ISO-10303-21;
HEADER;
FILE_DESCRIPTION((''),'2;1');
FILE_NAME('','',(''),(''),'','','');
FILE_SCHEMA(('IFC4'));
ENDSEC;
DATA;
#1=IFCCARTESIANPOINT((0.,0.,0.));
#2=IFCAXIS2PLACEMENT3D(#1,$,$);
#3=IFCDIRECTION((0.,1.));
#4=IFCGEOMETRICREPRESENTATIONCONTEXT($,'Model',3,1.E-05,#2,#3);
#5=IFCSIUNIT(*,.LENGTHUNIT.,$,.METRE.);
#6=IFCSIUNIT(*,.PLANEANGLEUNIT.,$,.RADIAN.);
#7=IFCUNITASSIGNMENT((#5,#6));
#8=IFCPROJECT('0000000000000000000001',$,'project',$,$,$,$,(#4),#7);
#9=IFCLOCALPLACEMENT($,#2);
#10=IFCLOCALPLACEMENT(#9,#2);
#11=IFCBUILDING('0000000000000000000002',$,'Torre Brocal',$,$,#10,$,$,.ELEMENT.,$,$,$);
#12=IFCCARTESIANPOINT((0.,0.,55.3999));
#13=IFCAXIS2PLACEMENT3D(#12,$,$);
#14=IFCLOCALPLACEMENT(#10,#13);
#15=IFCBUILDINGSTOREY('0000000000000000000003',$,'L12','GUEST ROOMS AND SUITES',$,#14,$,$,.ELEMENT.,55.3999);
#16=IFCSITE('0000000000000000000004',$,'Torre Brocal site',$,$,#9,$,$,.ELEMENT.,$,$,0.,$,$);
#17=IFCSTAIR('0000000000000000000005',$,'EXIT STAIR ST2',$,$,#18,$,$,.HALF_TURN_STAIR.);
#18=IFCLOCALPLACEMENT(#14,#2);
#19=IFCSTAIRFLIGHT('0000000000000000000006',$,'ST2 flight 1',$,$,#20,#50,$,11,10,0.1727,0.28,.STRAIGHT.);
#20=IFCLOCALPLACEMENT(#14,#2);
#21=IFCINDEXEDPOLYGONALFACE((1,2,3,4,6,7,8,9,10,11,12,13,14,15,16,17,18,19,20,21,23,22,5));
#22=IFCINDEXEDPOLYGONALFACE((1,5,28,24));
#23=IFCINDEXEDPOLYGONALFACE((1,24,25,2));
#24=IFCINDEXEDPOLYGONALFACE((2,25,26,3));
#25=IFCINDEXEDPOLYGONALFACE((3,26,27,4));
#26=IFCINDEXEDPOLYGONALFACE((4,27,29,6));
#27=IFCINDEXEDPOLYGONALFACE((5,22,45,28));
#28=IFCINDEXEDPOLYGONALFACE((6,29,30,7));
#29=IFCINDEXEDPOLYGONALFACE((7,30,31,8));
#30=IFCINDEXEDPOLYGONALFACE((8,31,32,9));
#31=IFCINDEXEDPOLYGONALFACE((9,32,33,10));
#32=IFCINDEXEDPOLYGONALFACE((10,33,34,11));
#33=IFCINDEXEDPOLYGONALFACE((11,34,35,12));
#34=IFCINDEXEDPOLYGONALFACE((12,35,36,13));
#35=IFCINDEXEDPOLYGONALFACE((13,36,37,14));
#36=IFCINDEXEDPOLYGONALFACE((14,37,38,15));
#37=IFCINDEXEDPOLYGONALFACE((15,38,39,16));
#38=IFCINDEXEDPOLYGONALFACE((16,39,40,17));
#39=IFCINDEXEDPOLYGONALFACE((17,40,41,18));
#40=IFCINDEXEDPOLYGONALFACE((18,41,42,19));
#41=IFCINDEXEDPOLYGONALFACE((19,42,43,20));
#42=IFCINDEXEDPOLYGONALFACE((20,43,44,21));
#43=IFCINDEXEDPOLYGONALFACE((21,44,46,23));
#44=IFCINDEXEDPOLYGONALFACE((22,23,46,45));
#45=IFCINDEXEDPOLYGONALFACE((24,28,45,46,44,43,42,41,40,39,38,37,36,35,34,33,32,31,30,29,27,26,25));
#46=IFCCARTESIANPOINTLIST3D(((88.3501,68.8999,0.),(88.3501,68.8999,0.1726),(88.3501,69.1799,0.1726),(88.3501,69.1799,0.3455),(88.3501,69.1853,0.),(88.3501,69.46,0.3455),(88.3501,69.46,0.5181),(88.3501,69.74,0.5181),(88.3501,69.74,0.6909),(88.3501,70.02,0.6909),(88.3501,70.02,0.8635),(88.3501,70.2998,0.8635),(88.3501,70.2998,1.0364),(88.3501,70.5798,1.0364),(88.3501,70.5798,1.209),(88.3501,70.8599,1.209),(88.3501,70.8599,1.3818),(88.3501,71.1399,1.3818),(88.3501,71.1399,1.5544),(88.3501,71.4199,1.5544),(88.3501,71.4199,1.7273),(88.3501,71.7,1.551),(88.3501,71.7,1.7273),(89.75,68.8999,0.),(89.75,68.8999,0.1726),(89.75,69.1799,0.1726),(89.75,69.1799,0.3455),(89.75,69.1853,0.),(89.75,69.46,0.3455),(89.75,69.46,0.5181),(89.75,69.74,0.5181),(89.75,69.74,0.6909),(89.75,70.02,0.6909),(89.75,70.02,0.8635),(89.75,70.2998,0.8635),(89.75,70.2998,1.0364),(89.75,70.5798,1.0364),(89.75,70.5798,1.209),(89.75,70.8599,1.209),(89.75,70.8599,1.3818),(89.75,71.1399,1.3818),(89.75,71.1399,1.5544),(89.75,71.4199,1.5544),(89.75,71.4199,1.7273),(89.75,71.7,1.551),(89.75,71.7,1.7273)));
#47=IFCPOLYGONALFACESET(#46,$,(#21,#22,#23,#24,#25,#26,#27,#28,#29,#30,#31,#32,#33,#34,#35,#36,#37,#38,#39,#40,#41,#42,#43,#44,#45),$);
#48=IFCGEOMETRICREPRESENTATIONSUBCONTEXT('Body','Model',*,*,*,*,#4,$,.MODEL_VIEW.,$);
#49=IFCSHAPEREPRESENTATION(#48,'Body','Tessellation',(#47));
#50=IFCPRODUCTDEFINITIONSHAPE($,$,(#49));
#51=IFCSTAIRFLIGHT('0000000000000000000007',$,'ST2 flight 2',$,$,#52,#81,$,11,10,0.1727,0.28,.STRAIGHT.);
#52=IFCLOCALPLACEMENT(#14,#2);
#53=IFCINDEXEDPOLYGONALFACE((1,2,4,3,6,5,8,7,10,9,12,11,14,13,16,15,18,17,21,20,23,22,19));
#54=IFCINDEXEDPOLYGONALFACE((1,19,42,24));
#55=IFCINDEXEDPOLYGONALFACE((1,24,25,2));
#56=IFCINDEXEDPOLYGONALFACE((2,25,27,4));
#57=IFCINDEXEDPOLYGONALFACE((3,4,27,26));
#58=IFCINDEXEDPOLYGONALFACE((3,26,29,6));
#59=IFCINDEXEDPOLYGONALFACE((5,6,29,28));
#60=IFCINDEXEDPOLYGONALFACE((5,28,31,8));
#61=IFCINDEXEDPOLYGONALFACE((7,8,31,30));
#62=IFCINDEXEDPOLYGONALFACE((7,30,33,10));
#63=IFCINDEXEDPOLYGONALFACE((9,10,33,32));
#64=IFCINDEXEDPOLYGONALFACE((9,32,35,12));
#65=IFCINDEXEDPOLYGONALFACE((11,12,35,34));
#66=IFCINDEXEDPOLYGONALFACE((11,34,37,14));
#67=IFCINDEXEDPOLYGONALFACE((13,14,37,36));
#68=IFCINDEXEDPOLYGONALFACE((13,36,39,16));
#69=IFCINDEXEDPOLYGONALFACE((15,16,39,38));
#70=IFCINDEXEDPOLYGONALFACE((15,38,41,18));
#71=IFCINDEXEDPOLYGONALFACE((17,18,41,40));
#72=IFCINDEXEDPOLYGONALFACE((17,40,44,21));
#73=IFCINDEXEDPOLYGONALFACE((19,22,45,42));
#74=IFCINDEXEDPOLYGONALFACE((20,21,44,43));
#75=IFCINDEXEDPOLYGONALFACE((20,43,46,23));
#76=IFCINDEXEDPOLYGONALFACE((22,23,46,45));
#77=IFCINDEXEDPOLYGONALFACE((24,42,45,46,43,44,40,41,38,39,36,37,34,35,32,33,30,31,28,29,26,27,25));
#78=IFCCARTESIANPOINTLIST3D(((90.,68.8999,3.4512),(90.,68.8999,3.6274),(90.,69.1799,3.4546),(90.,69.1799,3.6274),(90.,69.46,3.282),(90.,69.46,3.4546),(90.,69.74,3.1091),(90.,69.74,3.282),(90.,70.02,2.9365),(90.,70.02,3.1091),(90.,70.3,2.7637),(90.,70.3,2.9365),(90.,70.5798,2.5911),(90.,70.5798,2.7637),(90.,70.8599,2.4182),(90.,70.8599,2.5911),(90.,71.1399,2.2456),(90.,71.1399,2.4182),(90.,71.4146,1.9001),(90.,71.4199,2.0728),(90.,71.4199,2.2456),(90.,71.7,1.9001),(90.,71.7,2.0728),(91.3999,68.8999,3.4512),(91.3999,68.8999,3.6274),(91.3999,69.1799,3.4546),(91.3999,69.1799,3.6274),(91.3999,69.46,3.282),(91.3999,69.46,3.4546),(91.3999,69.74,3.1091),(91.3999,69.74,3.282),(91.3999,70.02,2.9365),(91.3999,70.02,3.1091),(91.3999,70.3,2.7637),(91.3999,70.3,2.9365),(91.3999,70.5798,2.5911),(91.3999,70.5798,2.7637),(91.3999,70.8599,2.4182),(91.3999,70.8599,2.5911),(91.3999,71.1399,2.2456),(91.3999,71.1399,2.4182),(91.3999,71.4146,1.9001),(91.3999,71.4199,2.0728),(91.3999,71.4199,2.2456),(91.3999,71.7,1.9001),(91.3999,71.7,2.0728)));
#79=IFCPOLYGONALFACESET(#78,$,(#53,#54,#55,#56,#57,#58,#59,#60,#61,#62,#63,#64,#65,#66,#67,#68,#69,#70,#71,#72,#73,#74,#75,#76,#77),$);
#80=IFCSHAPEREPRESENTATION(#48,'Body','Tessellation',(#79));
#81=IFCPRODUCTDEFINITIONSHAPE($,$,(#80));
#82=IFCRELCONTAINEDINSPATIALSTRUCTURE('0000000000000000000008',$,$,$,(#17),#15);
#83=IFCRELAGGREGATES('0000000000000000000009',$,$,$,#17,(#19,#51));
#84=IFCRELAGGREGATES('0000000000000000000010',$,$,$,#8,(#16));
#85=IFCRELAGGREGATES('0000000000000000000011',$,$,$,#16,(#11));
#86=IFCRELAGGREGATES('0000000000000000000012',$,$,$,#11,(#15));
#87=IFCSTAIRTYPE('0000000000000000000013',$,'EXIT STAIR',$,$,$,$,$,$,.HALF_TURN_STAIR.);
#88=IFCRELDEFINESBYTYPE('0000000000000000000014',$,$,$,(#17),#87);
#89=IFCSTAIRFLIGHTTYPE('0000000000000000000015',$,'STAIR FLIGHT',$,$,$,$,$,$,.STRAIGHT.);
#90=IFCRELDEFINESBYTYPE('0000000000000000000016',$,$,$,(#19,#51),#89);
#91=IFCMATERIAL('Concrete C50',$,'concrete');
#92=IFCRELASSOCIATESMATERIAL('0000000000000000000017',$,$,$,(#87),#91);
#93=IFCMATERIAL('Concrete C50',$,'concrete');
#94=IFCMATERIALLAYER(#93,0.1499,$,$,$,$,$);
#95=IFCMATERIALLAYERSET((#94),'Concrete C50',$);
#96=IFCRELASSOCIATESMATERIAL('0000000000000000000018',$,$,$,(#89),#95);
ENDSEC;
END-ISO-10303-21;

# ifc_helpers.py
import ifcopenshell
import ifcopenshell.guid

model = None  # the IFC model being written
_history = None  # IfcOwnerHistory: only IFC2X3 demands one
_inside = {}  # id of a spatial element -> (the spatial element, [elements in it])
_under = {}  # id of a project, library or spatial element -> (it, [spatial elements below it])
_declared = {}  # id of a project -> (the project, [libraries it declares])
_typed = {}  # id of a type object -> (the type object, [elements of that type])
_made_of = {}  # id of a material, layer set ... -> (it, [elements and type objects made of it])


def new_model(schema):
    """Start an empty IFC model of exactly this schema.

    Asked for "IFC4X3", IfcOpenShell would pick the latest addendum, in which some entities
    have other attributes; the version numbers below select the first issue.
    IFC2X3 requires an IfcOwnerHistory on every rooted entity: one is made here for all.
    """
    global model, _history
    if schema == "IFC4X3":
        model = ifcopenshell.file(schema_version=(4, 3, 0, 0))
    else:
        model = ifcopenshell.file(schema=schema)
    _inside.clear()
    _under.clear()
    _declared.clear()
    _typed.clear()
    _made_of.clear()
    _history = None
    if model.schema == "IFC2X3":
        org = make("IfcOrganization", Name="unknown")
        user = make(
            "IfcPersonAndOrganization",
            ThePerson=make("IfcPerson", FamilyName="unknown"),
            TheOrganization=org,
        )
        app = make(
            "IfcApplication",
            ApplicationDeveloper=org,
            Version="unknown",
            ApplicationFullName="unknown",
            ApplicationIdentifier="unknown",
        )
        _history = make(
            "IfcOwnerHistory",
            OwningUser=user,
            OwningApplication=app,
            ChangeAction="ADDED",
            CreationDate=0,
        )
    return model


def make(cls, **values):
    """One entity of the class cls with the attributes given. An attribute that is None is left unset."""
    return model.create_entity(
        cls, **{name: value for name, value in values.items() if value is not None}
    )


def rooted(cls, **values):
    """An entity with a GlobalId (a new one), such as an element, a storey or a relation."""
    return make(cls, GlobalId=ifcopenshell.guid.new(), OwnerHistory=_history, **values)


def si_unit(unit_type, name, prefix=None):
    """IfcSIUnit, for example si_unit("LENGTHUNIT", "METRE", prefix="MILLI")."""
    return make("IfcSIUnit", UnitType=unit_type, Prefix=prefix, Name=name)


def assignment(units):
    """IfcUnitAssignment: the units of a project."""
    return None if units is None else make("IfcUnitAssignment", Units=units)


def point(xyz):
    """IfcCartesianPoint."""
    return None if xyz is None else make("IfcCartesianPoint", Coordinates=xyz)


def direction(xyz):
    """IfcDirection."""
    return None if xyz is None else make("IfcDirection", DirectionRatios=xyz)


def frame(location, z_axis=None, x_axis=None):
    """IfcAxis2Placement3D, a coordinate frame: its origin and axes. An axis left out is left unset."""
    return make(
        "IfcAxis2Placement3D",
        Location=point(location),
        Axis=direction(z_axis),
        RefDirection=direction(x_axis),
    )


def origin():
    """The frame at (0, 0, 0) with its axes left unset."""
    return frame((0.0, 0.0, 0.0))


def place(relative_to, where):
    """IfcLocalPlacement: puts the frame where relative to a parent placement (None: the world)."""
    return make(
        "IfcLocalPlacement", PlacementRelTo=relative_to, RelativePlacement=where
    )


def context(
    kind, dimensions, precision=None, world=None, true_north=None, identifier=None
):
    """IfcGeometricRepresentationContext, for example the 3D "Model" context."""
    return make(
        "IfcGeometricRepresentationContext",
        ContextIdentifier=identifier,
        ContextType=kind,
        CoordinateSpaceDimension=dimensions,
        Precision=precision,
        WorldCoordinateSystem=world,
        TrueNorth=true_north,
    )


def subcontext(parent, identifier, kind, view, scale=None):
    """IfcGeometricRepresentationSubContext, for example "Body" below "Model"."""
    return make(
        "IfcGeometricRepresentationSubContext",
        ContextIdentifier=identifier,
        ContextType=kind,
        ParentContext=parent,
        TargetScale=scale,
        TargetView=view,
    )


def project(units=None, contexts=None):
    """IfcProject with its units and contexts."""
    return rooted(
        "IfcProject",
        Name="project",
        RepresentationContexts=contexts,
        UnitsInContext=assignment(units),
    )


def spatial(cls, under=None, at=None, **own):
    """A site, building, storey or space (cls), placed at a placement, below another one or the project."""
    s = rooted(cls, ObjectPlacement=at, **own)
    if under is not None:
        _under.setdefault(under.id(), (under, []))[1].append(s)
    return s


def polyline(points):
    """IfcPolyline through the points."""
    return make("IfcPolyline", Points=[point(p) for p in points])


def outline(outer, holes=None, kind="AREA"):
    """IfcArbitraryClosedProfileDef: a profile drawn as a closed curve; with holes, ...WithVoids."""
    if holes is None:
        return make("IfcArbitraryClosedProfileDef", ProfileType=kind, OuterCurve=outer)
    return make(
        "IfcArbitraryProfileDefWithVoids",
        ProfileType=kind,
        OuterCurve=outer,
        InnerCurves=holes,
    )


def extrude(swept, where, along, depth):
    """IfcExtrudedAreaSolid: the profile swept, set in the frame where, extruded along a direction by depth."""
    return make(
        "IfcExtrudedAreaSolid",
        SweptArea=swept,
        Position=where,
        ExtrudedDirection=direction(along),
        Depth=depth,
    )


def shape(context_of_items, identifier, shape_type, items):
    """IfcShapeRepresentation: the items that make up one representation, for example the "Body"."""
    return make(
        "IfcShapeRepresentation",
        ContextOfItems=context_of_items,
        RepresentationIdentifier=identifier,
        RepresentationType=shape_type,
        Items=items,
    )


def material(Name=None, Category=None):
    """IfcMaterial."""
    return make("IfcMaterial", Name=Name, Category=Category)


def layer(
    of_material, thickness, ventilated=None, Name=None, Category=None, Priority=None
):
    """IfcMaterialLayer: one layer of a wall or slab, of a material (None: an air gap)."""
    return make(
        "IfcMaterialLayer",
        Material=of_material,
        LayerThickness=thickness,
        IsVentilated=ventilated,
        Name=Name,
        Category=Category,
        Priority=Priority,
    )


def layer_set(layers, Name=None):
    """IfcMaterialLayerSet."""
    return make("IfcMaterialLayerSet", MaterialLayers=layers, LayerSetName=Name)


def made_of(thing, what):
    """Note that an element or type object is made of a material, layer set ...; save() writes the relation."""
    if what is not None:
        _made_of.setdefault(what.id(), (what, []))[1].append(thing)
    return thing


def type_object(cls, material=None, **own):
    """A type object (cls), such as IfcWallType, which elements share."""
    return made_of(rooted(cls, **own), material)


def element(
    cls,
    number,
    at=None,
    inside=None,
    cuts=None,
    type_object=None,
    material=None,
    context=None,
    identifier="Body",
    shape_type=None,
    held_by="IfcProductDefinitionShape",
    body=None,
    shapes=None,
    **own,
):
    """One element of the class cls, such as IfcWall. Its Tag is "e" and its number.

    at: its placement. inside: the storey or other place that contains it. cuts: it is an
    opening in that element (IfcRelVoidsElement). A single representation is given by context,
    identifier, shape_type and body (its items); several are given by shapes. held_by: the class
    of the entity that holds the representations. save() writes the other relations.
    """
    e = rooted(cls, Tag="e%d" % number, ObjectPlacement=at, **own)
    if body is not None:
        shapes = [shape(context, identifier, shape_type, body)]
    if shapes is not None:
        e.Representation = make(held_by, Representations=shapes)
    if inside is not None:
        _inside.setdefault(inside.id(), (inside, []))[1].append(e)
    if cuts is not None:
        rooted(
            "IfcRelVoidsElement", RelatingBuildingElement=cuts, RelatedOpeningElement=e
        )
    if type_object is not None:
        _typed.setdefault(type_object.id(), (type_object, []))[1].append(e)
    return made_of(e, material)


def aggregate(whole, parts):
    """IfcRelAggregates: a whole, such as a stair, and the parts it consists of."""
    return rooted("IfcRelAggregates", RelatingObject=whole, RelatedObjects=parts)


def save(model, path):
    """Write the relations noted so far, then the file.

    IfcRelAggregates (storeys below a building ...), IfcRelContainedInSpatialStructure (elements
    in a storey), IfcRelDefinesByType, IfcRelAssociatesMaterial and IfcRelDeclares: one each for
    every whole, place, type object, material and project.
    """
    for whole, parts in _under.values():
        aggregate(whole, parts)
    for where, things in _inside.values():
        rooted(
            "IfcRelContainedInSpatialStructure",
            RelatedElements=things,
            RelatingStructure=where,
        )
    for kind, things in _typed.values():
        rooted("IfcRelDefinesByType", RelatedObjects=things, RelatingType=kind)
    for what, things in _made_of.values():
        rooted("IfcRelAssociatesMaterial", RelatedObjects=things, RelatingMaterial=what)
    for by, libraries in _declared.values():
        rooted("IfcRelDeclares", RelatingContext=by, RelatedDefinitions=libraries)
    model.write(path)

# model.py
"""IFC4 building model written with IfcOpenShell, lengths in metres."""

from ifc_helpers import new_model, si_unit, direction, frame, origin, place, context, subcontext, project, spatial, polyline, outline, extrude, material, layer, layer_set, type_object, element, aggregate, save


model = new_model("IFC4")

# Units and contexts
model_context = context("Model", 3, precision=1e-05, world=origin(), true_north=direction((0.0, 1.0)))
body_context = subcontext(model_context, "Body", "Model", "MODEL_VIEW")
ifc_project = project(units=[si_unit("LENGTHUNIT", "METRE"), si_unit("PLANEANGLEUNIT", "RADIAN")], contexts=[model_context])

# Site, building, storey
site_placement = place(None, origin())
site = spatial("IfcSite", under=ifc_project, at=site_placement, Name="Torre Brocal site", CompositionType="ELEMENT", RefElevation=0.0)
building_placement = place(site_placement, origin())
building = spatial("IfcBuilding", under=site, at=building_placement, Name="Torre Brocal", CompositionType="ELEMENT")
storey_placement = place(building_placement, frame((0.0, 0.0, 55.3999)))
storey = spatial("IfcBuildingStorey", under=building, at=storey_placement, Name="L12", Description="GUEST ROOMS AND SUITES", CompositionType="ELEMENT", Elevation=55.3999)

# Stair, stair flights
ifc_material_1 = material(Name="Concrete C50", Category="concrete")
stair_type = type_object("IfcStairType", Name="EXIT STAIR", PredefinedType="HALF_TURN_STAIR", material=ifc_material_1)
stair_placement = place(storey_placement, origin())
stair = element("IfcStair", 1, at=stair_placement, inside=storey, type_object=stair_type, Name="EXIT STAIR ST2", PredefinedType="HALF_TURN_STAIR")
ifc_material_2 = material(Name="Concrete C50", Category="concrete")
ifc_layer_1 = layer(ifc_material_2, 0.1499)
ifc_layer_set_1 = layer_set([ifc_layer_1], Name="Concrete C50")
stair_flight_type = type_object("IfcStairFlightType", Name="STAIR FLIGHT", PredefinedType="STRAIGHT", material=ifc_layer_set_1)
stair_flight_1_placement = place(storey_placement, frame((89.05, 68.8999, 0.0), z_axis=(0.0, 0.0, 1.0), x_axis=(0.0, 1.0, 0.0)))
stair_flight_1 = element("IfcStairFlight", 2, at=stair_flight_1_placement, type_object=stair_flight_type, Name="ST2 flight 1", NumberOfRisers=11, NumberOfTreads=10, PredefinedType="STRAIGHT", RiserHeight=0.1727, TreadLength=0.28, context=body_context, shape_type="SweptSolid", body=[
    extrude(outline(polyline([(0.0, 0.0), (0.0, 0.1726), (0.28, 0.1726), (0.28, 0.3455), (0.5601, 0.3455), (0.5601, 0.5181), (0.8401, 0.5181), (0.8401, 0.6909), (1.1201, 0.6909), (1.1201, 0.8635), (1.3999, 0.8635), (1.3999, 1.0364), (1.6799, 1.0364), (1.6799, 1.209), (1.96, 1.209), (1.96, 1.3818), (2.24, 1.3818), (2.24, 1.5544), (2.52, 1.5544), (2.52, 1.7273), (2.8, 1.7273), (2.8, 1.8999), (2.8, 1.551), (0.2854, 0.0), (0.0, 0.0)])), frame((0.0, 0.7, 0.0), z_axis=(0.0, -1.0, 0.0), x_axis=(1.0, 0.0, 0.0)), (0.0, 0.0, 1.0), 1.3999),
])
stair_flight_2_placement = place(storey_placement, frame((90.7, 71.7, 1.9001), z_axis=(0.0, 0.0, 1.0), x_axis=(0.0, -1.0, 0.0)))
stair_flight_2 = element("IfcStairFlight", 3, at=stair_flight_2_placement, type_object=stair_flight_type, Name="ST2 flight 2", NumberOfRisers=11, NumberOfTreads=10, PredefinedType="STRAIGHT", RiserHeight=0.1727, TreadLength=0.28, context=body_context, shape_type="SweptSolid", body=[
    extrude(outline(polyline([(0.0, 0.0), (0.0, 0.1726), (0.28, 0.1726), (0.28, 0.3455), (0.5601, 0.3455), (0.5601, 0.5181), (0.8401, 0.5181), (0.8401, 0.6909), (1.1201, 0.6909), (1.1201, 0.8635), (1.3999, 0.8635), (1.3999, 1.0364), (1.6799, 1.0364), (1.6799, 1.209), (1.96, 1.209), (1.96, 1.3818), (2.24, 1.3818), (2.24, 1.5544), (2.52, 1.5544), (2.52, 1.7273), (2.8, 1.7273), (2.8, 1.8999), (2.8, 1.551), (0.2854, 0.0), (0.0, 0.0)])), frame((0.0, 0.7, 0.0), z_axis=(0.0, -1.0, 0.0), x_axis=(1.0, 0.0, 0.0)), (0.0, 0.0, 1.0), 1.3999),
])
aggregate(stair, [stair_flight_1, stair_flight_2])

save(model, "model.ifc")
